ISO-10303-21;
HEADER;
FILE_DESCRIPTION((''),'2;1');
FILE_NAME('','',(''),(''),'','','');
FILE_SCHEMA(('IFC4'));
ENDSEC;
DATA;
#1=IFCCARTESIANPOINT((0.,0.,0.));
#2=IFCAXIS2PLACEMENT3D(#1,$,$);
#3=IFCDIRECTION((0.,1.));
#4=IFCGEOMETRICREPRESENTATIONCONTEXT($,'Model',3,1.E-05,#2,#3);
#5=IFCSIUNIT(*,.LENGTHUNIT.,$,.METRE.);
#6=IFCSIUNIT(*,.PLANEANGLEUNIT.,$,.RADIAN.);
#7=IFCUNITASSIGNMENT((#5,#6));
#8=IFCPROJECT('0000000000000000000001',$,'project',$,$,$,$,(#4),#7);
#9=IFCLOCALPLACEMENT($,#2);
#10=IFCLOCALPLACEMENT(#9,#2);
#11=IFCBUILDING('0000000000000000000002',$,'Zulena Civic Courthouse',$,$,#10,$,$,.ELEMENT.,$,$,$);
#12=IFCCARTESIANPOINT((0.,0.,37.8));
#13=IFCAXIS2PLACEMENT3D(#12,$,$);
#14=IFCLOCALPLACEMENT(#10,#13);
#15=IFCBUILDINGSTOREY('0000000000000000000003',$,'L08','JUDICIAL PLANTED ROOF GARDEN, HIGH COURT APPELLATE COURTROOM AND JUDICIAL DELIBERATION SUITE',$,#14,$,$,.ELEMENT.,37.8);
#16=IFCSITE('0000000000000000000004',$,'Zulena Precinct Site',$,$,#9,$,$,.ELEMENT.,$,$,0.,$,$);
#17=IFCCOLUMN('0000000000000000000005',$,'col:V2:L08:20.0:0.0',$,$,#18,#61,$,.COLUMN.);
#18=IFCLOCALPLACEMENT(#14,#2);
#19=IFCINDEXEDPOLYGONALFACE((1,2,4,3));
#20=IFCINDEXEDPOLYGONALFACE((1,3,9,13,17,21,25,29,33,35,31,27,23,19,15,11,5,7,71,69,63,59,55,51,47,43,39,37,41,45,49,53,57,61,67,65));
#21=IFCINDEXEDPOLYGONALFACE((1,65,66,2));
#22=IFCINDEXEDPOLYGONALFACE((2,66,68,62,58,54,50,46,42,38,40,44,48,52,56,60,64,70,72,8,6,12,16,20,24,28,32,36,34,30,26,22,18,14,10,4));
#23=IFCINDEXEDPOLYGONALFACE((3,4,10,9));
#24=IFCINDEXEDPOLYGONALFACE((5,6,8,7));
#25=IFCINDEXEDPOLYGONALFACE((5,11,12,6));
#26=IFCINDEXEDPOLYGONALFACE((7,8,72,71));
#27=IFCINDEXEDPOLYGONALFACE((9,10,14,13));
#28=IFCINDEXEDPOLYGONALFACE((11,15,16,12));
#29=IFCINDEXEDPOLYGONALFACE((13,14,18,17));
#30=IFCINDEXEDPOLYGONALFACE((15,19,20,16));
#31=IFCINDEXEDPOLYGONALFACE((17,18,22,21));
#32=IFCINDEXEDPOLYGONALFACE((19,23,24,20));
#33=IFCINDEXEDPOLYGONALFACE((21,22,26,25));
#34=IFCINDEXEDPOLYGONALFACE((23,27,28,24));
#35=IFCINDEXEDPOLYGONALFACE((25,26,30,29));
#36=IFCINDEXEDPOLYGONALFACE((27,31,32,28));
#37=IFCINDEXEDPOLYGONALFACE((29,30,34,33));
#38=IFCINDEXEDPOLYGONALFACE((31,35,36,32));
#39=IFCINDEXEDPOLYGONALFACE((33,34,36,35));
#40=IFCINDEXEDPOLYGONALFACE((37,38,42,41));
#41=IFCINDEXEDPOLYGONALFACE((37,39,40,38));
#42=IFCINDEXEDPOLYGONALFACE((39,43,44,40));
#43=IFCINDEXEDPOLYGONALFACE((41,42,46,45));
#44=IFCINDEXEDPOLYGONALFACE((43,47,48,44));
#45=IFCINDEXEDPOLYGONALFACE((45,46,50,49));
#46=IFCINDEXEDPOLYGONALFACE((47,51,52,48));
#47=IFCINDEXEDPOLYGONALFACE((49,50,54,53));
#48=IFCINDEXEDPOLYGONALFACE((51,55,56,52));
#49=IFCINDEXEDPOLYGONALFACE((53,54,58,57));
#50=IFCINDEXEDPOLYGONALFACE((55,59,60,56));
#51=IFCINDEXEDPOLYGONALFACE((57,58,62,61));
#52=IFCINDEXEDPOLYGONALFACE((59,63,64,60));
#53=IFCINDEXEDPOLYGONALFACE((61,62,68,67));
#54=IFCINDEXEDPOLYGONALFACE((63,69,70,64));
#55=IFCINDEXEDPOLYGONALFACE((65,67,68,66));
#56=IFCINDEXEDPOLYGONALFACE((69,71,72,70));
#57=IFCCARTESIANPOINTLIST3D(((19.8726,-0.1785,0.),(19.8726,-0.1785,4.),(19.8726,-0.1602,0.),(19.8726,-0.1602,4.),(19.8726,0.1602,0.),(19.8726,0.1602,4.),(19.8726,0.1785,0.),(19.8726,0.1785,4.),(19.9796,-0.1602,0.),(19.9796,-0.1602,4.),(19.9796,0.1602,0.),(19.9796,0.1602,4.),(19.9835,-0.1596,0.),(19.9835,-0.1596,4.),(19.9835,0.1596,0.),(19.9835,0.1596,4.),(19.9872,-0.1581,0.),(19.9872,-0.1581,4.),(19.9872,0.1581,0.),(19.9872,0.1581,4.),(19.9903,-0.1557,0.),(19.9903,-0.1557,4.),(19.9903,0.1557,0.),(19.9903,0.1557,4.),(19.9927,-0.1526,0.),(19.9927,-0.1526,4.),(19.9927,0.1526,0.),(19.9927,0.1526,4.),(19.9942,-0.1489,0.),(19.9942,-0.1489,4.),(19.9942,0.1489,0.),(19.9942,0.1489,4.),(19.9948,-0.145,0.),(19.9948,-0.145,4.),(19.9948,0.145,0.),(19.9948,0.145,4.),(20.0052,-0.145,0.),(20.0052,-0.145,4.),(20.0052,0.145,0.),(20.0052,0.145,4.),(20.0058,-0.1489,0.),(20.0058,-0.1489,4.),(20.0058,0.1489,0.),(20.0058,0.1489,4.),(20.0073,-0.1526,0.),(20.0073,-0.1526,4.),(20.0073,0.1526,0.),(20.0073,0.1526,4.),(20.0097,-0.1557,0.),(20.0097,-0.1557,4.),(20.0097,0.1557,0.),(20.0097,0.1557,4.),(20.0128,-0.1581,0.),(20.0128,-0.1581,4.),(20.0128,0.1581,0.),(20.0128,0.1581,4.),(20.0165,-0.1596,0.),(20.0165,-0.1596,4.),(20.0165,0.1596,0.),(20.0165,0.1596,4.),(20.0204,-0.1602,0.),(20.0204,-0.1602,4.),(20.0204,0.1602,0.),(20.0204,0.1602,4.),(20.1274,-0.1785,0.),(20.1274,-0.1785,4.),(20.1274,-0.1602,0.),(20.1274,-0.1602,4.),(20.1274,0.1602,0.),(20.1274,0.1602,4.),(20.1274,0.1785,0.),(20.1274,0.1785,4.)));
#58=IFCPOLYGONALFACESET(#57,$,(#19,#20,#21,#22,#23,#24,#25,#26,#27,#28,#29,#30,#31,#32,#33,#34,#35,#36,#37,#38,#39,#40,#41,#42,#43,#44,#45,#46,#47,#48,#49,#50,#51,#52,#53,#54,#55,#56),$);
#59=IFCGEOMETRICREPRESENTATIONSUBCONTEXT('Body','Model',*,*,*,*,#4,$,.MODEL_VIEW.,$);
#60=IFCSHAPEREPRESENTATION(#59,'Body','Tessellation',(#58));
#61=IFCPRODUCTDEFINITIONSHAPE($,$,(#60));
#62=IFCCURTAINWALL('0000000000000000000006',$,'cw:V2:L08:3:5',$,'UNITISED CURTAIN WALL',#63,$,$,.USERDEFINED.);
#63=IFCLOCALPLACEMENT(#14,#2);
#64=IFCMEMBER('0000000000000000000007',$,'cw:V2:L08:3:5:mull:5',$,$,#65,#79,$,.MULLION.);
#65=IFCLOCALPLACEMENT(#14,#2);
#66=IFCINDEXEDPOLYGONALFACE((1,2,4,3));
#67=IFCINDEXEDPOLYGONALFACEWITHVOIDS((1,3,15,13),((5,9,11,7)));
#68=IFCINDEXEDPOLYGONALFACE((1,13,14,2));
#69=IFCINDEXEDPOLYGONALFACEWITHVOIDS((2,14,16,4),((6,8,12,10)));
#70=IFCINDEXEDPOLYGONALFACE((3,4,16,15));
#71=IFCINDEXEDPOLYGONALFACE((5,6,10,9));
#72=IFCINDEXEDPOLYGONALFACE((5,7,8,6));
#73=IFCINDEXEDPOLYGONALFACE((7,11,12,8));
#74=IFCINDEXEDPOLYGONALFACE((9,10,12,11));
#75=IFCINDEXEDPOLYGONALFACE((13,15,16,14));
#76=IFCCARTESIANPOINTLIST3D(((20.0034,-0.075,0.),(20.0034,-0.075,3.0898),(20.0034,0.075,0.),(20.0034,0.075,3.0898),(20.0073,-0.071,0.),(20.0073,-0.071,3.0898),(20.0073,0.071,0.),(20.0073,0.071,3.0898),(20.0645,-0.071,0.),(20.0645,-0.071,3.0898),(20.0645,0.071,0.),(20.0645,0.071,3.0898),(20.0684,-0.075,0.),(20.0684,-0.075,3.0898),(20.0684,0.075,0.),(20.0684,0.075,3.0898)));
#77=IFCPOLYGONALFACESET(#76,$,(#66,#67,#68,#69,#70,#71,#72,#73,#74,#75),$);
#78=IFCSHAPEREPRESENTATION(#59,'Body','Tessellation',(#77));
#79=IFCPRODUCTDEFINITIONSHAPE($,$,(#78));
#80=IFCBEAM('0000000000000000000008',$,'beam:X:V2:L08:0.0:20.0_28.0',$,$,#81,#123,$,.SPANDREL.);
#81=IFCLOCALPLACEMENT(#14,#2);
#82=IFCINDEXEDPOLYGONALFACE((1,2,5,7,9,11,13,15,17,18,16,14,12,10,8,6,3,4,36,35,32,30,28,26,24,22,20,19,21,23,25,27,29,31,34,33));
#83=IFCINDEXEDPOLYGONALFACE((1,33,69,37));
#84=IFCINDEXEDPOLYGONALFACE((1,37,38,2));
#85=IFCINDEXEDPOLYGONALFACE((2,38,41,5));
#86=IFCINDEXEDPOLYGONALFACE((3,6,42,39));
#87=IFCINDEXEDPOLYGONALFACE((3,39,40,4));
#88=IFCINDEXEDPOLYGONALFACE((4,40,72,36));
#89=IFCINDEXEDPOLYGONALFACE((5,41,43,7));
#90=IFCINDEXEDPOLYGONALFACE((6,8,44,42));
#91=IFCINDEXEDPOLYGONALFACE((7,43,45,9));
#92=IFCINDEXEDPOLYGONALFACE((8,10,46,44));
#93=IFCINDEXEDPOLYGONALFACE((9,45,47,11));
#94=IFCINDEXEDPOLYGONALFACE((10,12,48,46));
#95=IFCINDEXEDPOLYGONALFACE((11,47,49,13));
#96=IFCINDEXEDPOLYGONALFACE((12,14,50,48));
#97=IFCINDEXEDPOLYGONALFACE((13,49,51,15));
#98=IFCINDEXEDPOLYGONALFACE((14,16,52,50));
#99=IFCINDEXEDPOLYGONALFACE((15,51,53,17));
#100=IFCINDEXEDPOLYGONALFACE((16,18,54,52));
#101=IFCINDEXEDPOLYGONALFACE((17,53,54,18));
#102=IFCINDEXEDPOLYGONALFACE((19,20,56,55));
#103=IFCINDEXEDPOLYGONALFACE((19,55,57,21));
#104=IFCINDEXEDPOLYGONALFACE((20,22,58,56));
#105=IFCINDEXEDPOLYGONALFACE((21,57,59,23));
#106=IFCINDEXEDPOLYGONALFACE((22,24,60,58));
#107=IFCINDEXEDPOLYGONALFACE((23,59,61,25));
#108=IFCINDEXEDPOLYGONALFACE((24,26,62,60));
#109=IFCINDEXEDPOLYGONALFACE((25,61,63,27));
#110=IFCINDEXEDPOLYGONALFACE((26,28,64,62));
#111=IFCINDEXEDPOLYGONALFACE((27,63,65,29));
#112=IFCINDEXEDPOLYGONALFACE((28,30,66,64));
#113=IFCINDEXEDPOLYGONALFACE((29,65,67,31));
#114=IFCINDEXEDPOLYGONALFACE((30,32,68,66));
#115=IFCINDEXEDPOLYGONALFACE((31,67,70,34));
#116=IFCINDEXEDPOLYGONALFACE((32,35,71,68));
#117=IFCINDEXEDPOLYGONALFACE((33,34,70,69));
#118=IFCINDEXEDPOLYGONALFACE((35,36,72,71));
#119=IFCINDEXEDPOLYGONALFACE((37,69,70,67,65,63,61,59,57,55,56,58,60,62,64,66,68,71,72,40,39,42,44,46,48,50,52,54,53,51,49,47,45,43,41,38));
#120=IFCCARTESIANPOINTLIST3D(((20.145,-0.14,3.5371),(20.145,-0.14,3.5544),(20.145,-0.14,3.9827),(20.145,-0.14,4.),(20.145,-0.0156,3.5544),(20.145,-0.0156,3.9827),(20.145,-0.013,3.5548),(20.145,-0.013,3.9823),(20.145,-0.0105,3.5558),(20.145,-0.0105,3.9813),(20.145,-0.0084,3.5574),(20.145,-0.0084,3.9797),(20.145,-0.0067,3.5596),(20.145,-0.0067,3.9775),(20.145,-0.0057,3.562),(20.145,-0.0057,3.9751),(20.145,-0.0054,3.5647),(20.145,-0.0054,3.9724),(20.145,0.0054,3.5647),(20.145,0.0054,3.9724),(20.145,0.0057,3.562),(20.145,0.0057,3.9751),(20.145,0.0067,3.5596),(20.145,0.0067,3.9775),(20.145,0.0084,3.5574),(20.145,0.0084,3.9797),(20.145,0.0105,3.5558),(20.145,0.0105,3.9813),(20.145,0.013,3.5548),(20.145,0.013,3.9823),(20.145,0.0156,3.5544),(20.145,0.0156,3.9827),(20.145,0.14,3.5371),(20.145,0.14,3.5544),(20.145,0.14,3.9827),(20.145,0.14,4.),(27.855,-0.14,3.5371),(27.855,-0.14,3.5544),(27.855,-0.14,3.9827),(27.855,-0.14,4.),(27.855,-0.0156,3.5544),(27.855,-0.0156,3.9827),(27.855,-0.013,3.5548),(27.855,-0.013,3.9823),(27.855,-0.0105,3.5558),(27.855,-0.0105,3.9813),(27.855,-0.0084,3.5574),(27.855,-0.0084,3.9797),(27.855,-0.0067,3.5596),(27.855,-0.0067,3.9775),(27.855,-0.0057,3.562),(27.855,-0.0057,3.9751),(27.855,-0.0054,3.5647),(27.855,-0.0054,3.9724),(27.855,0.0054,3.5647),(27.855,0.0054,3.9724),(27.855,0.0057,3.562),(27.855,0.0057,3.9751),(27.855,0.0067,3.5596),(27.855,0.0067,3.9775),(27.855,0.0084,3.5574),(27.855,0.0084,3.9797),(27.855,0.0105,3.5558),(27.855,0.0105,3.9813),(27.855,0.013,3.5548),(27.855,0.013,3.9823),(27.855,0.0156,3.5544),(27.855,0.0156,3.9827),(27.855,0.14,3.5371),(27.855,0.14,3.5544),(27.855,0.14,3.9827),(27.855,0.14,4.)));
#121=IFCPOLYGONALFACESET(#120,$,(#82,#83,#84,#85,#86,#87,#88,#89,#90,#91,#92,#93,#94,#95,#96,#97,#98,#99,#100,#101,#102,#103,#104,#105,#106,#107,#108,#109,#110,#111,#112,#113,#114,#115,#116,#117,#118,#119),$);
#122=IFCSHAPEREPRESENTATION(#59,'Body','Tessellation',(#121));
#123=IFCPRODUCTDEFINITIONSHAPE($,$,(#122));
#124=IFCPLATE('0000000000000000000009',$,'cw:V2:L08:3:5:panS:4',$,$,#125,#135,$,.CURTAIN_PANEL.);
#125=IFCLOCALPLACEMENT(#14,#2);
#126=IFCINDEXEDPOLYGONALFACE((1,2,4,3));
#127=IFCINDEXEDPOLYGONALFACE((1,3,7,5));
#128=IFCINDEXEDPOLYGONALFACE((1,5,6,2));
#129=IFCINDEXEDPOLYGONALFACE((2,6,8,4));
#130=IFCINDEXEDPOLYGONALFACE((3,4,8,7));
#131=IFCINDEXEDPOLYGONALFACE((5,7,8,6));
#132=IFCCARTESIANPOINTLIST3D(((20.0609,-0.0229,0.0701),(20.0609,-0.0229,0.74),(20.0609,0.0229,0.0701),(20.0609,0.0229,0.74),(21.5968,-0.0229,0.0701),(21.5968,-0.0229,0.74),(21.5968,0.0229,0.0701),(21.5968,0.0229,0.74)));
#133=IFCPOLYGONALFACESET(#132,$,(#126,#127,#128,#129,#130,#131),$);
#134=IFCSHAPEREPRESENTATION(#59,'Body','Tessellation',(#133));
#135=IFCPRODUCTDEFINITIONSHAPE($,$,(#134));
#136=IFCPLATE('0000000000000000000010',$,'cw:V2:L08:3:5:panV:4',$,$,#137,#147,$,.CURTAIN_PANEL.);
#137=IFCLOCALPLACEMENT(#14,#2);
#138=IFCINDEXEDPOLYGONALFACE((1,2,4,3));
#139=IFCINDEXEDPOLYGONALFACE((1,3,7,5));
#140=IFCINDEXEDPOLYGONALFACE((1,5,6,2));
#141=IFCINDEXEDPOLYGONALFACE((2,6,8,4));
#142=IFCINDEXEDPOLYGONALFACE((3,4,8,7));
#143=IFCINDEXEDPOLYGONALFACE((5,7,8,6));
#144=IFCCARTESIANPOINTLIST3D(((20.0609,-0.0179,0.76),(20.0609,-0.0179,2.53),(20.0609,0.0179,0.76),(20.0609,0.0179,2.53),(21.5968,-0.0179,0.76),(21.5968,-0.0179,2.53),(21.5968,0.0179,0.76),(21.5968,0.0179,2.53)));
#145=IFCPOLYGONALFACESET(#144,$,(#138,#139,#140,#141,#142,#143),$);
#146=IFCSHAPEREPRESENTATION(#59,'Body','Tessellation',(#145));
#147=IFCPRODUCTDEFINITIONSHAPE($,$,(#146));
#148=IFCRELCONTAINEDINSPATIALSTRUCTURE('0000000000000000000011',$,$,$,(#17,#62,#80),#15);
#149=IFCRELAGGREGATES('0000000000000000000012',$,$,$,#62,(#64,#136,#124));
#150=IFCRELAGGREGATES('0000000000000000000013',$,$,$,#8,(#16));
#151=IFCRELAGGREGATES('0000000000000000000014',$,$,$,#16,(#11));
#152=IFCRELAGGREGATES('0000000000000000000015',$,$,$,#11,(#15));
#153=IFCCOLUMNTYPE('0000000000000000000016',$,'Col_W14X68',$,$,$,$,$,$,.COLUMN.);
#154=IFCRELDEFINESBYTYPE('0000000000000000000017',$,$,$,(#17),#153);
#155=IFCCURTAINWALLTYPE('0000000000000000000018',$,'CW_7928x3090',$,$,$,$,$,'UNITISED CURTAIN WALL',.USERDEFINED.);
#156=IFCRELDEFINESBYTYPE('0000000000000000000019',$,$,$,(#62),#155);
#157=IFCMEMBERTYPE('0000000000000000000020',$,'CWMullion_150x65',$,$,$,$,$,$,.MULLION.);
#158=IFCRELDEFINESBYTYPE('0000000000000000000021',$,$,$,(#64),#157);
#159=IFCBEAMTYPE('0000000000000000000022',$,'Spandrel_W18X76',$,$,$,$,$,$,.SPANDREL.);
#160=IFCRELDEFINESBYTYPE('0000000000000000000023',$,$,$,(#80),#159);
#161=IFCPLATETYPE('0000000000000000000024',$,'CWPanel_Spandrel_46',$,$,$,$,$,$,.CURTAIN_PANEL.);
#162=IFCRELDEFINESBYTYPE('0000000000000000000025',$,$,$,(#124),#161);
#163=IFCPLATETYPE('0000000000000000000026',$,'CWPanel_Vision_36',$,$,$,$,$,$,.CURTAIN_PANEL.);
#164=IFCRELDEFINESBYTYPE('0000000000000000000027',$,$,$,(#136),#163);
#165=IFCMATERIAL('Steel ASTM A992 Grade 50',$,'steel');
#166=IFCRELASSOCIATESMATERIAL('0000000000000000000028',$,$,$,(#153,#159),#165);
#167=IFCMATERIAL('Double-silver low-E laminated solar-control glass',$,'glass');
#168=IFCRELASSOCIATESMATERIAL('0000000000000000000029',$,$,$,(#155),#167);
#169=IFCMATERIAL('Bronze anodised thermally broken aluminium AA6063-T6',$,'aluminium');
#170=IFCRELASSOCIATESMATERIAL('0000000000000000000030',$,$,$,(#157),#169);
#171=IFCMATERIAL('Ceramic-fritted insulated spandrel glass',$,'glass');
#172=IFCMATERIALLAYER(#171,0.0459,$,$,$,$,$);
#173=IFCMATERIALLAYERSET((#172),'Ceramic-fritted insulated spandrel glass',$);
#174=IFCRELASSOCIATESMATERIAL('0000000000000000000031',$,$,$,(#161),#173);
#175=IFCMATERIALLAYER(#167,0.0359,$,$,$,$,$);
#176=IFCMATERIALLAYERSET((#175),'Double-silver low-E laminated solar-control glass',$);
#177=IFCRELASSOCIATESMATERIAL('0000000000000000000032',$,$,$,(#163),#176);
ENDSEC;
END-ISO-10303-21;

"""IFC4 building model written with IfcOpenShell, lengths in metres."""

from ifc_helpers import new_model, si_unit, direction, frame, origin, origin_2d, place, context, subcontext, project, spatial, rectangle, hollow_rectangle, i_section, extrude, material, layer, layer_set, material_profile, profile_set, type_object, element, aggregate, save


model = new_model("IFC4")

# Units and contexts
model_context = context("Model", 3, precision=1e-05, world=origin(), true_north=direction((0.0, 1.0)))
body_context = subcontext(model_context, "Body", "Model", "MODEL_VIEW")
ifc_project = project(units=[si_unit("LENGTHUNIT", "METRE"), si_unit("PLANEANGLEUNIT", "RADIAN")], contexts=[model_context])

# Site, building, storey
site_placement = place(None, origin())
site = spatial("IfcSite", under=ifc_project, at=site_placement, Name="Zulena Precinct Site", CompositionType="ELEMENT", RefElevation=0.0)
building_placement = place(site_placement, origin())
building = spatial("IfcBuilding", under=site, at=building_placement, Name="Zulena Civic Courthouse", CompositionType="ELEMENT")
storey_placement = place(building_placement, frame((0.0, 0.0, 37.8)))
storey = spatial("IfcBuildingStorey", under=building, at=storey_placement, Name="L08", Description="JUDICIAL PLANTED ROOF GARDEN, HIGH COURT APPELLATE COURTROOM AND JUDICIAL DELIBERATION SUITE", CompositionType="ELEMENT", Elevation=37.8)

# Column
ifc_material_1 = material(Name="Steel ASTM A992 Grade 50", Category="steel")
ifc_material_profile_1 = material_profile(ifc_material_1, i_section(OverallWidth=0.2549, OverallDepth=0.3569, WebThickness=0.0105, FlangeThickness=0.0183, FilletRadius=0.0151, at=origin_2d()), Name="W14X68")
ifc_profile_set_1 = profile_set([ifc_material_profile_1], Name="Steel ASTM A992 Grade 50")
column_type = type_object("IfcColumnType", Name="Col_W14X68", PredefinedType="COLUMN", material=ifc_profile_set_1)
column_placement = place(storey_placement, frame((20.0, 0.0, 0.0), z_axis=(0.0, 0.0, 1.0), x_axis=(1.0, 0.0, 0.0)))
element("IfcColumn", 1, at=column_placement, inside=storey, type_object=column_type, Name="col:V2:L08:20.0:0.0", PredefinedType="COLUMN", context=body_context, shape_type="SweptSolid", body=[
    extrude(i_section(OverallWidth=0.2549, OverallDepth=0.3569, WebThickness=0.0105, FlangeThickness=0.0183, FilletRadius=0.0151, at=origin_2d()), origin(), (0.0, 0.0, 1.0), 4.0),
])

# Curtain wall, member
ifc_material_2 = material(Name="Double-silver low-E laminated solar-control glass", Category="glass")
curtain_wall_type = type_object("IfcCurtainWallType", Name="CW_7928x3090", ElementType="UNITISED CURTAIN WALL", PredefinedType="USERDEFINED", material=ifc_material_2)
curtain_wall_placement = place(storey_placement, origin())
curtain_wall = element("IfcCurtainWall", 2, at=curtain_wall_placement, inside=storey, type_object=curtain_wall_type, Name="cw:V2:L08:3:5", ObjectType="UNITISED CURTAIN WALL", PredefinedType="USERDEFINED")
ifc_material_3 = material(Name="Bronze anodised thermally broken aluminium AA6063-T6", Category="aluminium")
ifc_material_profile_2 = material_profile(ifc_material_3, hollow_rectangle(XDim=0.0649, YDim=0.1499, WallThickness=0.0039, at=origin_2d()), Name="CWM150X65X4")
ifc_profile_set_2 = profile_set([ifc_material_profile_2], Name="Bronze anodised thermally broken aluminium AA6063-T6")
member_type = type_object("IfcMemberType", Name="CWMullion_150x65", PredefinedType="MULLION", material=ifc_profile_set_2)
member_placement = place(storey_placement, frame((20.0359, 0.0, 0.0), z_axis=(0.0, 0.0, 1.0), x_axis=(1.0, 0.0, 0.0)))
member = element("IfcMember", 3, at=member_placement, type_object=member_type, Name="cw:V2:L08:3:5:mull:5", PredefinedType="MULLION", context=body_context, shape_type="SweptSolid", body=[
    extrude(hollow_rectangle(XDim=0.0649, YDim=0.1499, WallThickness=0.0039, at=origin_2d()), origin(), (0.0, 0.0, 1.0), 3.0898),
])

# Beam
ifc_material_profile_3 = material_profile(ifc_material_1, i_section(OverallWidth=0.28, OverallDepth=0.4629, WebThickness=0.0107, FlangeThickness=0.0173, FilletRadius=0.0103, at=origin_2d()), Name="W18X76")
ifc_profile_set_3 = profile_set([ifc_material_profile_3], Name="Steel ASTM A992 Grade 50")
beam_type = type_object("IfcBeamType", Name="Spandrel_W18X76", PredefinedType="SPANDREL", material=ifc_profile_set_3)
beam_placement = place(storey_placement, frame((20.145, 0.0, 3.7686), z_axis=(1.0, 0.0, 0.0), x_axis=(0.0, 1.0, 0.0)))
element("IfcBeam", 4, at=beam_placement, inside=storey, type_object=beam_type, Name="beam:X:V2:L08:0.0:20.0_28.0", PredefinedType="SPANDREL", context=body_context, shape_type="SweptSolid", body=[
    extrude(i_section(OverallWidth=0.28, OverallDepth=0.4629, WebThickness=0.0107, FlangeThickness=0.0173, FilletRadius=0.0103, at=origin_2d()), origin(), (0.0, 0.0, 1.0), 7.71),
])

# Plates
ifc_material_4 = material(Name="Ceramic-fritted insulated spandrel glass", Category="glass")
ifc_layer_1 = layer(ifc_material_4, 0.0459)
ifc_layer_set_1 = layer_set([ifc_layer_1], Name="Ceramic-fritted insulated spandrel glass")
plate_type_1 = type_object("IfcPlateType", Name="CWPanel_Spandrel_46", PredefinedType="CURTAIN_PANEL", material=ifc_layer_set_1)
plate_1_placement = place(storey_placement, frame((20.8289, 0.0, 0.0701), z_axis=(0.0, 0.0, 1.0), x_axis=(-1.0, 0.0, 0.0)))
plate_1 = element("IfcPlate", 5, at=plate_1_placement, type_object=plate_type_1, Name="cw:V2:L08:3:5:panS:4", PredefinedType="CURTAIN_PANEL", context=body_context, shape_type="SweptSolid", body=[
    extrude(rectangle(XDim=1.5359, YDim=0.0459, at=origin_2d()), origin(), (0.0, 0.0, 1.0), 0.6699),
])
ifc_layer_2 = layer(ifc_material_2, 0.0359)
ifc_layer_set_2 = layer_set([ifc_layer_2], Name="Double-silver low-E laminated solar-control glass")
plate_type_2 = type_object("IfcPlateType", Name="CWPanel_Vision_36", PredefinedType="CURTAIN_PANEL", material=ifc_layer_set_2)
plate_2_placement = place(storey_placement, frame((20.8289, 0.0, 0.76), z_axis=(0.0, 0.0, 1.0), x_axis=(-1.0, 0.0, 0.0)))
plate_2 = element("IfcPlate", 6, at=plate_2_placement, type_object=plate_type_2, Name="cw:V2:L08:3:5:panV:4", PredefinedType="CURTAIN_PANEL", context=body_context, shape_type="SweptSolid", body=[
    extrude(rectangle(XDim=1.5359, YDim=0.0359, at=origin_2d()), origin(), (0.0, 0.0, 1.0), 1.77),
])
aggregate(curtain_wall, [member, plate_2, plate_1])

save(model, "model.ifc")
